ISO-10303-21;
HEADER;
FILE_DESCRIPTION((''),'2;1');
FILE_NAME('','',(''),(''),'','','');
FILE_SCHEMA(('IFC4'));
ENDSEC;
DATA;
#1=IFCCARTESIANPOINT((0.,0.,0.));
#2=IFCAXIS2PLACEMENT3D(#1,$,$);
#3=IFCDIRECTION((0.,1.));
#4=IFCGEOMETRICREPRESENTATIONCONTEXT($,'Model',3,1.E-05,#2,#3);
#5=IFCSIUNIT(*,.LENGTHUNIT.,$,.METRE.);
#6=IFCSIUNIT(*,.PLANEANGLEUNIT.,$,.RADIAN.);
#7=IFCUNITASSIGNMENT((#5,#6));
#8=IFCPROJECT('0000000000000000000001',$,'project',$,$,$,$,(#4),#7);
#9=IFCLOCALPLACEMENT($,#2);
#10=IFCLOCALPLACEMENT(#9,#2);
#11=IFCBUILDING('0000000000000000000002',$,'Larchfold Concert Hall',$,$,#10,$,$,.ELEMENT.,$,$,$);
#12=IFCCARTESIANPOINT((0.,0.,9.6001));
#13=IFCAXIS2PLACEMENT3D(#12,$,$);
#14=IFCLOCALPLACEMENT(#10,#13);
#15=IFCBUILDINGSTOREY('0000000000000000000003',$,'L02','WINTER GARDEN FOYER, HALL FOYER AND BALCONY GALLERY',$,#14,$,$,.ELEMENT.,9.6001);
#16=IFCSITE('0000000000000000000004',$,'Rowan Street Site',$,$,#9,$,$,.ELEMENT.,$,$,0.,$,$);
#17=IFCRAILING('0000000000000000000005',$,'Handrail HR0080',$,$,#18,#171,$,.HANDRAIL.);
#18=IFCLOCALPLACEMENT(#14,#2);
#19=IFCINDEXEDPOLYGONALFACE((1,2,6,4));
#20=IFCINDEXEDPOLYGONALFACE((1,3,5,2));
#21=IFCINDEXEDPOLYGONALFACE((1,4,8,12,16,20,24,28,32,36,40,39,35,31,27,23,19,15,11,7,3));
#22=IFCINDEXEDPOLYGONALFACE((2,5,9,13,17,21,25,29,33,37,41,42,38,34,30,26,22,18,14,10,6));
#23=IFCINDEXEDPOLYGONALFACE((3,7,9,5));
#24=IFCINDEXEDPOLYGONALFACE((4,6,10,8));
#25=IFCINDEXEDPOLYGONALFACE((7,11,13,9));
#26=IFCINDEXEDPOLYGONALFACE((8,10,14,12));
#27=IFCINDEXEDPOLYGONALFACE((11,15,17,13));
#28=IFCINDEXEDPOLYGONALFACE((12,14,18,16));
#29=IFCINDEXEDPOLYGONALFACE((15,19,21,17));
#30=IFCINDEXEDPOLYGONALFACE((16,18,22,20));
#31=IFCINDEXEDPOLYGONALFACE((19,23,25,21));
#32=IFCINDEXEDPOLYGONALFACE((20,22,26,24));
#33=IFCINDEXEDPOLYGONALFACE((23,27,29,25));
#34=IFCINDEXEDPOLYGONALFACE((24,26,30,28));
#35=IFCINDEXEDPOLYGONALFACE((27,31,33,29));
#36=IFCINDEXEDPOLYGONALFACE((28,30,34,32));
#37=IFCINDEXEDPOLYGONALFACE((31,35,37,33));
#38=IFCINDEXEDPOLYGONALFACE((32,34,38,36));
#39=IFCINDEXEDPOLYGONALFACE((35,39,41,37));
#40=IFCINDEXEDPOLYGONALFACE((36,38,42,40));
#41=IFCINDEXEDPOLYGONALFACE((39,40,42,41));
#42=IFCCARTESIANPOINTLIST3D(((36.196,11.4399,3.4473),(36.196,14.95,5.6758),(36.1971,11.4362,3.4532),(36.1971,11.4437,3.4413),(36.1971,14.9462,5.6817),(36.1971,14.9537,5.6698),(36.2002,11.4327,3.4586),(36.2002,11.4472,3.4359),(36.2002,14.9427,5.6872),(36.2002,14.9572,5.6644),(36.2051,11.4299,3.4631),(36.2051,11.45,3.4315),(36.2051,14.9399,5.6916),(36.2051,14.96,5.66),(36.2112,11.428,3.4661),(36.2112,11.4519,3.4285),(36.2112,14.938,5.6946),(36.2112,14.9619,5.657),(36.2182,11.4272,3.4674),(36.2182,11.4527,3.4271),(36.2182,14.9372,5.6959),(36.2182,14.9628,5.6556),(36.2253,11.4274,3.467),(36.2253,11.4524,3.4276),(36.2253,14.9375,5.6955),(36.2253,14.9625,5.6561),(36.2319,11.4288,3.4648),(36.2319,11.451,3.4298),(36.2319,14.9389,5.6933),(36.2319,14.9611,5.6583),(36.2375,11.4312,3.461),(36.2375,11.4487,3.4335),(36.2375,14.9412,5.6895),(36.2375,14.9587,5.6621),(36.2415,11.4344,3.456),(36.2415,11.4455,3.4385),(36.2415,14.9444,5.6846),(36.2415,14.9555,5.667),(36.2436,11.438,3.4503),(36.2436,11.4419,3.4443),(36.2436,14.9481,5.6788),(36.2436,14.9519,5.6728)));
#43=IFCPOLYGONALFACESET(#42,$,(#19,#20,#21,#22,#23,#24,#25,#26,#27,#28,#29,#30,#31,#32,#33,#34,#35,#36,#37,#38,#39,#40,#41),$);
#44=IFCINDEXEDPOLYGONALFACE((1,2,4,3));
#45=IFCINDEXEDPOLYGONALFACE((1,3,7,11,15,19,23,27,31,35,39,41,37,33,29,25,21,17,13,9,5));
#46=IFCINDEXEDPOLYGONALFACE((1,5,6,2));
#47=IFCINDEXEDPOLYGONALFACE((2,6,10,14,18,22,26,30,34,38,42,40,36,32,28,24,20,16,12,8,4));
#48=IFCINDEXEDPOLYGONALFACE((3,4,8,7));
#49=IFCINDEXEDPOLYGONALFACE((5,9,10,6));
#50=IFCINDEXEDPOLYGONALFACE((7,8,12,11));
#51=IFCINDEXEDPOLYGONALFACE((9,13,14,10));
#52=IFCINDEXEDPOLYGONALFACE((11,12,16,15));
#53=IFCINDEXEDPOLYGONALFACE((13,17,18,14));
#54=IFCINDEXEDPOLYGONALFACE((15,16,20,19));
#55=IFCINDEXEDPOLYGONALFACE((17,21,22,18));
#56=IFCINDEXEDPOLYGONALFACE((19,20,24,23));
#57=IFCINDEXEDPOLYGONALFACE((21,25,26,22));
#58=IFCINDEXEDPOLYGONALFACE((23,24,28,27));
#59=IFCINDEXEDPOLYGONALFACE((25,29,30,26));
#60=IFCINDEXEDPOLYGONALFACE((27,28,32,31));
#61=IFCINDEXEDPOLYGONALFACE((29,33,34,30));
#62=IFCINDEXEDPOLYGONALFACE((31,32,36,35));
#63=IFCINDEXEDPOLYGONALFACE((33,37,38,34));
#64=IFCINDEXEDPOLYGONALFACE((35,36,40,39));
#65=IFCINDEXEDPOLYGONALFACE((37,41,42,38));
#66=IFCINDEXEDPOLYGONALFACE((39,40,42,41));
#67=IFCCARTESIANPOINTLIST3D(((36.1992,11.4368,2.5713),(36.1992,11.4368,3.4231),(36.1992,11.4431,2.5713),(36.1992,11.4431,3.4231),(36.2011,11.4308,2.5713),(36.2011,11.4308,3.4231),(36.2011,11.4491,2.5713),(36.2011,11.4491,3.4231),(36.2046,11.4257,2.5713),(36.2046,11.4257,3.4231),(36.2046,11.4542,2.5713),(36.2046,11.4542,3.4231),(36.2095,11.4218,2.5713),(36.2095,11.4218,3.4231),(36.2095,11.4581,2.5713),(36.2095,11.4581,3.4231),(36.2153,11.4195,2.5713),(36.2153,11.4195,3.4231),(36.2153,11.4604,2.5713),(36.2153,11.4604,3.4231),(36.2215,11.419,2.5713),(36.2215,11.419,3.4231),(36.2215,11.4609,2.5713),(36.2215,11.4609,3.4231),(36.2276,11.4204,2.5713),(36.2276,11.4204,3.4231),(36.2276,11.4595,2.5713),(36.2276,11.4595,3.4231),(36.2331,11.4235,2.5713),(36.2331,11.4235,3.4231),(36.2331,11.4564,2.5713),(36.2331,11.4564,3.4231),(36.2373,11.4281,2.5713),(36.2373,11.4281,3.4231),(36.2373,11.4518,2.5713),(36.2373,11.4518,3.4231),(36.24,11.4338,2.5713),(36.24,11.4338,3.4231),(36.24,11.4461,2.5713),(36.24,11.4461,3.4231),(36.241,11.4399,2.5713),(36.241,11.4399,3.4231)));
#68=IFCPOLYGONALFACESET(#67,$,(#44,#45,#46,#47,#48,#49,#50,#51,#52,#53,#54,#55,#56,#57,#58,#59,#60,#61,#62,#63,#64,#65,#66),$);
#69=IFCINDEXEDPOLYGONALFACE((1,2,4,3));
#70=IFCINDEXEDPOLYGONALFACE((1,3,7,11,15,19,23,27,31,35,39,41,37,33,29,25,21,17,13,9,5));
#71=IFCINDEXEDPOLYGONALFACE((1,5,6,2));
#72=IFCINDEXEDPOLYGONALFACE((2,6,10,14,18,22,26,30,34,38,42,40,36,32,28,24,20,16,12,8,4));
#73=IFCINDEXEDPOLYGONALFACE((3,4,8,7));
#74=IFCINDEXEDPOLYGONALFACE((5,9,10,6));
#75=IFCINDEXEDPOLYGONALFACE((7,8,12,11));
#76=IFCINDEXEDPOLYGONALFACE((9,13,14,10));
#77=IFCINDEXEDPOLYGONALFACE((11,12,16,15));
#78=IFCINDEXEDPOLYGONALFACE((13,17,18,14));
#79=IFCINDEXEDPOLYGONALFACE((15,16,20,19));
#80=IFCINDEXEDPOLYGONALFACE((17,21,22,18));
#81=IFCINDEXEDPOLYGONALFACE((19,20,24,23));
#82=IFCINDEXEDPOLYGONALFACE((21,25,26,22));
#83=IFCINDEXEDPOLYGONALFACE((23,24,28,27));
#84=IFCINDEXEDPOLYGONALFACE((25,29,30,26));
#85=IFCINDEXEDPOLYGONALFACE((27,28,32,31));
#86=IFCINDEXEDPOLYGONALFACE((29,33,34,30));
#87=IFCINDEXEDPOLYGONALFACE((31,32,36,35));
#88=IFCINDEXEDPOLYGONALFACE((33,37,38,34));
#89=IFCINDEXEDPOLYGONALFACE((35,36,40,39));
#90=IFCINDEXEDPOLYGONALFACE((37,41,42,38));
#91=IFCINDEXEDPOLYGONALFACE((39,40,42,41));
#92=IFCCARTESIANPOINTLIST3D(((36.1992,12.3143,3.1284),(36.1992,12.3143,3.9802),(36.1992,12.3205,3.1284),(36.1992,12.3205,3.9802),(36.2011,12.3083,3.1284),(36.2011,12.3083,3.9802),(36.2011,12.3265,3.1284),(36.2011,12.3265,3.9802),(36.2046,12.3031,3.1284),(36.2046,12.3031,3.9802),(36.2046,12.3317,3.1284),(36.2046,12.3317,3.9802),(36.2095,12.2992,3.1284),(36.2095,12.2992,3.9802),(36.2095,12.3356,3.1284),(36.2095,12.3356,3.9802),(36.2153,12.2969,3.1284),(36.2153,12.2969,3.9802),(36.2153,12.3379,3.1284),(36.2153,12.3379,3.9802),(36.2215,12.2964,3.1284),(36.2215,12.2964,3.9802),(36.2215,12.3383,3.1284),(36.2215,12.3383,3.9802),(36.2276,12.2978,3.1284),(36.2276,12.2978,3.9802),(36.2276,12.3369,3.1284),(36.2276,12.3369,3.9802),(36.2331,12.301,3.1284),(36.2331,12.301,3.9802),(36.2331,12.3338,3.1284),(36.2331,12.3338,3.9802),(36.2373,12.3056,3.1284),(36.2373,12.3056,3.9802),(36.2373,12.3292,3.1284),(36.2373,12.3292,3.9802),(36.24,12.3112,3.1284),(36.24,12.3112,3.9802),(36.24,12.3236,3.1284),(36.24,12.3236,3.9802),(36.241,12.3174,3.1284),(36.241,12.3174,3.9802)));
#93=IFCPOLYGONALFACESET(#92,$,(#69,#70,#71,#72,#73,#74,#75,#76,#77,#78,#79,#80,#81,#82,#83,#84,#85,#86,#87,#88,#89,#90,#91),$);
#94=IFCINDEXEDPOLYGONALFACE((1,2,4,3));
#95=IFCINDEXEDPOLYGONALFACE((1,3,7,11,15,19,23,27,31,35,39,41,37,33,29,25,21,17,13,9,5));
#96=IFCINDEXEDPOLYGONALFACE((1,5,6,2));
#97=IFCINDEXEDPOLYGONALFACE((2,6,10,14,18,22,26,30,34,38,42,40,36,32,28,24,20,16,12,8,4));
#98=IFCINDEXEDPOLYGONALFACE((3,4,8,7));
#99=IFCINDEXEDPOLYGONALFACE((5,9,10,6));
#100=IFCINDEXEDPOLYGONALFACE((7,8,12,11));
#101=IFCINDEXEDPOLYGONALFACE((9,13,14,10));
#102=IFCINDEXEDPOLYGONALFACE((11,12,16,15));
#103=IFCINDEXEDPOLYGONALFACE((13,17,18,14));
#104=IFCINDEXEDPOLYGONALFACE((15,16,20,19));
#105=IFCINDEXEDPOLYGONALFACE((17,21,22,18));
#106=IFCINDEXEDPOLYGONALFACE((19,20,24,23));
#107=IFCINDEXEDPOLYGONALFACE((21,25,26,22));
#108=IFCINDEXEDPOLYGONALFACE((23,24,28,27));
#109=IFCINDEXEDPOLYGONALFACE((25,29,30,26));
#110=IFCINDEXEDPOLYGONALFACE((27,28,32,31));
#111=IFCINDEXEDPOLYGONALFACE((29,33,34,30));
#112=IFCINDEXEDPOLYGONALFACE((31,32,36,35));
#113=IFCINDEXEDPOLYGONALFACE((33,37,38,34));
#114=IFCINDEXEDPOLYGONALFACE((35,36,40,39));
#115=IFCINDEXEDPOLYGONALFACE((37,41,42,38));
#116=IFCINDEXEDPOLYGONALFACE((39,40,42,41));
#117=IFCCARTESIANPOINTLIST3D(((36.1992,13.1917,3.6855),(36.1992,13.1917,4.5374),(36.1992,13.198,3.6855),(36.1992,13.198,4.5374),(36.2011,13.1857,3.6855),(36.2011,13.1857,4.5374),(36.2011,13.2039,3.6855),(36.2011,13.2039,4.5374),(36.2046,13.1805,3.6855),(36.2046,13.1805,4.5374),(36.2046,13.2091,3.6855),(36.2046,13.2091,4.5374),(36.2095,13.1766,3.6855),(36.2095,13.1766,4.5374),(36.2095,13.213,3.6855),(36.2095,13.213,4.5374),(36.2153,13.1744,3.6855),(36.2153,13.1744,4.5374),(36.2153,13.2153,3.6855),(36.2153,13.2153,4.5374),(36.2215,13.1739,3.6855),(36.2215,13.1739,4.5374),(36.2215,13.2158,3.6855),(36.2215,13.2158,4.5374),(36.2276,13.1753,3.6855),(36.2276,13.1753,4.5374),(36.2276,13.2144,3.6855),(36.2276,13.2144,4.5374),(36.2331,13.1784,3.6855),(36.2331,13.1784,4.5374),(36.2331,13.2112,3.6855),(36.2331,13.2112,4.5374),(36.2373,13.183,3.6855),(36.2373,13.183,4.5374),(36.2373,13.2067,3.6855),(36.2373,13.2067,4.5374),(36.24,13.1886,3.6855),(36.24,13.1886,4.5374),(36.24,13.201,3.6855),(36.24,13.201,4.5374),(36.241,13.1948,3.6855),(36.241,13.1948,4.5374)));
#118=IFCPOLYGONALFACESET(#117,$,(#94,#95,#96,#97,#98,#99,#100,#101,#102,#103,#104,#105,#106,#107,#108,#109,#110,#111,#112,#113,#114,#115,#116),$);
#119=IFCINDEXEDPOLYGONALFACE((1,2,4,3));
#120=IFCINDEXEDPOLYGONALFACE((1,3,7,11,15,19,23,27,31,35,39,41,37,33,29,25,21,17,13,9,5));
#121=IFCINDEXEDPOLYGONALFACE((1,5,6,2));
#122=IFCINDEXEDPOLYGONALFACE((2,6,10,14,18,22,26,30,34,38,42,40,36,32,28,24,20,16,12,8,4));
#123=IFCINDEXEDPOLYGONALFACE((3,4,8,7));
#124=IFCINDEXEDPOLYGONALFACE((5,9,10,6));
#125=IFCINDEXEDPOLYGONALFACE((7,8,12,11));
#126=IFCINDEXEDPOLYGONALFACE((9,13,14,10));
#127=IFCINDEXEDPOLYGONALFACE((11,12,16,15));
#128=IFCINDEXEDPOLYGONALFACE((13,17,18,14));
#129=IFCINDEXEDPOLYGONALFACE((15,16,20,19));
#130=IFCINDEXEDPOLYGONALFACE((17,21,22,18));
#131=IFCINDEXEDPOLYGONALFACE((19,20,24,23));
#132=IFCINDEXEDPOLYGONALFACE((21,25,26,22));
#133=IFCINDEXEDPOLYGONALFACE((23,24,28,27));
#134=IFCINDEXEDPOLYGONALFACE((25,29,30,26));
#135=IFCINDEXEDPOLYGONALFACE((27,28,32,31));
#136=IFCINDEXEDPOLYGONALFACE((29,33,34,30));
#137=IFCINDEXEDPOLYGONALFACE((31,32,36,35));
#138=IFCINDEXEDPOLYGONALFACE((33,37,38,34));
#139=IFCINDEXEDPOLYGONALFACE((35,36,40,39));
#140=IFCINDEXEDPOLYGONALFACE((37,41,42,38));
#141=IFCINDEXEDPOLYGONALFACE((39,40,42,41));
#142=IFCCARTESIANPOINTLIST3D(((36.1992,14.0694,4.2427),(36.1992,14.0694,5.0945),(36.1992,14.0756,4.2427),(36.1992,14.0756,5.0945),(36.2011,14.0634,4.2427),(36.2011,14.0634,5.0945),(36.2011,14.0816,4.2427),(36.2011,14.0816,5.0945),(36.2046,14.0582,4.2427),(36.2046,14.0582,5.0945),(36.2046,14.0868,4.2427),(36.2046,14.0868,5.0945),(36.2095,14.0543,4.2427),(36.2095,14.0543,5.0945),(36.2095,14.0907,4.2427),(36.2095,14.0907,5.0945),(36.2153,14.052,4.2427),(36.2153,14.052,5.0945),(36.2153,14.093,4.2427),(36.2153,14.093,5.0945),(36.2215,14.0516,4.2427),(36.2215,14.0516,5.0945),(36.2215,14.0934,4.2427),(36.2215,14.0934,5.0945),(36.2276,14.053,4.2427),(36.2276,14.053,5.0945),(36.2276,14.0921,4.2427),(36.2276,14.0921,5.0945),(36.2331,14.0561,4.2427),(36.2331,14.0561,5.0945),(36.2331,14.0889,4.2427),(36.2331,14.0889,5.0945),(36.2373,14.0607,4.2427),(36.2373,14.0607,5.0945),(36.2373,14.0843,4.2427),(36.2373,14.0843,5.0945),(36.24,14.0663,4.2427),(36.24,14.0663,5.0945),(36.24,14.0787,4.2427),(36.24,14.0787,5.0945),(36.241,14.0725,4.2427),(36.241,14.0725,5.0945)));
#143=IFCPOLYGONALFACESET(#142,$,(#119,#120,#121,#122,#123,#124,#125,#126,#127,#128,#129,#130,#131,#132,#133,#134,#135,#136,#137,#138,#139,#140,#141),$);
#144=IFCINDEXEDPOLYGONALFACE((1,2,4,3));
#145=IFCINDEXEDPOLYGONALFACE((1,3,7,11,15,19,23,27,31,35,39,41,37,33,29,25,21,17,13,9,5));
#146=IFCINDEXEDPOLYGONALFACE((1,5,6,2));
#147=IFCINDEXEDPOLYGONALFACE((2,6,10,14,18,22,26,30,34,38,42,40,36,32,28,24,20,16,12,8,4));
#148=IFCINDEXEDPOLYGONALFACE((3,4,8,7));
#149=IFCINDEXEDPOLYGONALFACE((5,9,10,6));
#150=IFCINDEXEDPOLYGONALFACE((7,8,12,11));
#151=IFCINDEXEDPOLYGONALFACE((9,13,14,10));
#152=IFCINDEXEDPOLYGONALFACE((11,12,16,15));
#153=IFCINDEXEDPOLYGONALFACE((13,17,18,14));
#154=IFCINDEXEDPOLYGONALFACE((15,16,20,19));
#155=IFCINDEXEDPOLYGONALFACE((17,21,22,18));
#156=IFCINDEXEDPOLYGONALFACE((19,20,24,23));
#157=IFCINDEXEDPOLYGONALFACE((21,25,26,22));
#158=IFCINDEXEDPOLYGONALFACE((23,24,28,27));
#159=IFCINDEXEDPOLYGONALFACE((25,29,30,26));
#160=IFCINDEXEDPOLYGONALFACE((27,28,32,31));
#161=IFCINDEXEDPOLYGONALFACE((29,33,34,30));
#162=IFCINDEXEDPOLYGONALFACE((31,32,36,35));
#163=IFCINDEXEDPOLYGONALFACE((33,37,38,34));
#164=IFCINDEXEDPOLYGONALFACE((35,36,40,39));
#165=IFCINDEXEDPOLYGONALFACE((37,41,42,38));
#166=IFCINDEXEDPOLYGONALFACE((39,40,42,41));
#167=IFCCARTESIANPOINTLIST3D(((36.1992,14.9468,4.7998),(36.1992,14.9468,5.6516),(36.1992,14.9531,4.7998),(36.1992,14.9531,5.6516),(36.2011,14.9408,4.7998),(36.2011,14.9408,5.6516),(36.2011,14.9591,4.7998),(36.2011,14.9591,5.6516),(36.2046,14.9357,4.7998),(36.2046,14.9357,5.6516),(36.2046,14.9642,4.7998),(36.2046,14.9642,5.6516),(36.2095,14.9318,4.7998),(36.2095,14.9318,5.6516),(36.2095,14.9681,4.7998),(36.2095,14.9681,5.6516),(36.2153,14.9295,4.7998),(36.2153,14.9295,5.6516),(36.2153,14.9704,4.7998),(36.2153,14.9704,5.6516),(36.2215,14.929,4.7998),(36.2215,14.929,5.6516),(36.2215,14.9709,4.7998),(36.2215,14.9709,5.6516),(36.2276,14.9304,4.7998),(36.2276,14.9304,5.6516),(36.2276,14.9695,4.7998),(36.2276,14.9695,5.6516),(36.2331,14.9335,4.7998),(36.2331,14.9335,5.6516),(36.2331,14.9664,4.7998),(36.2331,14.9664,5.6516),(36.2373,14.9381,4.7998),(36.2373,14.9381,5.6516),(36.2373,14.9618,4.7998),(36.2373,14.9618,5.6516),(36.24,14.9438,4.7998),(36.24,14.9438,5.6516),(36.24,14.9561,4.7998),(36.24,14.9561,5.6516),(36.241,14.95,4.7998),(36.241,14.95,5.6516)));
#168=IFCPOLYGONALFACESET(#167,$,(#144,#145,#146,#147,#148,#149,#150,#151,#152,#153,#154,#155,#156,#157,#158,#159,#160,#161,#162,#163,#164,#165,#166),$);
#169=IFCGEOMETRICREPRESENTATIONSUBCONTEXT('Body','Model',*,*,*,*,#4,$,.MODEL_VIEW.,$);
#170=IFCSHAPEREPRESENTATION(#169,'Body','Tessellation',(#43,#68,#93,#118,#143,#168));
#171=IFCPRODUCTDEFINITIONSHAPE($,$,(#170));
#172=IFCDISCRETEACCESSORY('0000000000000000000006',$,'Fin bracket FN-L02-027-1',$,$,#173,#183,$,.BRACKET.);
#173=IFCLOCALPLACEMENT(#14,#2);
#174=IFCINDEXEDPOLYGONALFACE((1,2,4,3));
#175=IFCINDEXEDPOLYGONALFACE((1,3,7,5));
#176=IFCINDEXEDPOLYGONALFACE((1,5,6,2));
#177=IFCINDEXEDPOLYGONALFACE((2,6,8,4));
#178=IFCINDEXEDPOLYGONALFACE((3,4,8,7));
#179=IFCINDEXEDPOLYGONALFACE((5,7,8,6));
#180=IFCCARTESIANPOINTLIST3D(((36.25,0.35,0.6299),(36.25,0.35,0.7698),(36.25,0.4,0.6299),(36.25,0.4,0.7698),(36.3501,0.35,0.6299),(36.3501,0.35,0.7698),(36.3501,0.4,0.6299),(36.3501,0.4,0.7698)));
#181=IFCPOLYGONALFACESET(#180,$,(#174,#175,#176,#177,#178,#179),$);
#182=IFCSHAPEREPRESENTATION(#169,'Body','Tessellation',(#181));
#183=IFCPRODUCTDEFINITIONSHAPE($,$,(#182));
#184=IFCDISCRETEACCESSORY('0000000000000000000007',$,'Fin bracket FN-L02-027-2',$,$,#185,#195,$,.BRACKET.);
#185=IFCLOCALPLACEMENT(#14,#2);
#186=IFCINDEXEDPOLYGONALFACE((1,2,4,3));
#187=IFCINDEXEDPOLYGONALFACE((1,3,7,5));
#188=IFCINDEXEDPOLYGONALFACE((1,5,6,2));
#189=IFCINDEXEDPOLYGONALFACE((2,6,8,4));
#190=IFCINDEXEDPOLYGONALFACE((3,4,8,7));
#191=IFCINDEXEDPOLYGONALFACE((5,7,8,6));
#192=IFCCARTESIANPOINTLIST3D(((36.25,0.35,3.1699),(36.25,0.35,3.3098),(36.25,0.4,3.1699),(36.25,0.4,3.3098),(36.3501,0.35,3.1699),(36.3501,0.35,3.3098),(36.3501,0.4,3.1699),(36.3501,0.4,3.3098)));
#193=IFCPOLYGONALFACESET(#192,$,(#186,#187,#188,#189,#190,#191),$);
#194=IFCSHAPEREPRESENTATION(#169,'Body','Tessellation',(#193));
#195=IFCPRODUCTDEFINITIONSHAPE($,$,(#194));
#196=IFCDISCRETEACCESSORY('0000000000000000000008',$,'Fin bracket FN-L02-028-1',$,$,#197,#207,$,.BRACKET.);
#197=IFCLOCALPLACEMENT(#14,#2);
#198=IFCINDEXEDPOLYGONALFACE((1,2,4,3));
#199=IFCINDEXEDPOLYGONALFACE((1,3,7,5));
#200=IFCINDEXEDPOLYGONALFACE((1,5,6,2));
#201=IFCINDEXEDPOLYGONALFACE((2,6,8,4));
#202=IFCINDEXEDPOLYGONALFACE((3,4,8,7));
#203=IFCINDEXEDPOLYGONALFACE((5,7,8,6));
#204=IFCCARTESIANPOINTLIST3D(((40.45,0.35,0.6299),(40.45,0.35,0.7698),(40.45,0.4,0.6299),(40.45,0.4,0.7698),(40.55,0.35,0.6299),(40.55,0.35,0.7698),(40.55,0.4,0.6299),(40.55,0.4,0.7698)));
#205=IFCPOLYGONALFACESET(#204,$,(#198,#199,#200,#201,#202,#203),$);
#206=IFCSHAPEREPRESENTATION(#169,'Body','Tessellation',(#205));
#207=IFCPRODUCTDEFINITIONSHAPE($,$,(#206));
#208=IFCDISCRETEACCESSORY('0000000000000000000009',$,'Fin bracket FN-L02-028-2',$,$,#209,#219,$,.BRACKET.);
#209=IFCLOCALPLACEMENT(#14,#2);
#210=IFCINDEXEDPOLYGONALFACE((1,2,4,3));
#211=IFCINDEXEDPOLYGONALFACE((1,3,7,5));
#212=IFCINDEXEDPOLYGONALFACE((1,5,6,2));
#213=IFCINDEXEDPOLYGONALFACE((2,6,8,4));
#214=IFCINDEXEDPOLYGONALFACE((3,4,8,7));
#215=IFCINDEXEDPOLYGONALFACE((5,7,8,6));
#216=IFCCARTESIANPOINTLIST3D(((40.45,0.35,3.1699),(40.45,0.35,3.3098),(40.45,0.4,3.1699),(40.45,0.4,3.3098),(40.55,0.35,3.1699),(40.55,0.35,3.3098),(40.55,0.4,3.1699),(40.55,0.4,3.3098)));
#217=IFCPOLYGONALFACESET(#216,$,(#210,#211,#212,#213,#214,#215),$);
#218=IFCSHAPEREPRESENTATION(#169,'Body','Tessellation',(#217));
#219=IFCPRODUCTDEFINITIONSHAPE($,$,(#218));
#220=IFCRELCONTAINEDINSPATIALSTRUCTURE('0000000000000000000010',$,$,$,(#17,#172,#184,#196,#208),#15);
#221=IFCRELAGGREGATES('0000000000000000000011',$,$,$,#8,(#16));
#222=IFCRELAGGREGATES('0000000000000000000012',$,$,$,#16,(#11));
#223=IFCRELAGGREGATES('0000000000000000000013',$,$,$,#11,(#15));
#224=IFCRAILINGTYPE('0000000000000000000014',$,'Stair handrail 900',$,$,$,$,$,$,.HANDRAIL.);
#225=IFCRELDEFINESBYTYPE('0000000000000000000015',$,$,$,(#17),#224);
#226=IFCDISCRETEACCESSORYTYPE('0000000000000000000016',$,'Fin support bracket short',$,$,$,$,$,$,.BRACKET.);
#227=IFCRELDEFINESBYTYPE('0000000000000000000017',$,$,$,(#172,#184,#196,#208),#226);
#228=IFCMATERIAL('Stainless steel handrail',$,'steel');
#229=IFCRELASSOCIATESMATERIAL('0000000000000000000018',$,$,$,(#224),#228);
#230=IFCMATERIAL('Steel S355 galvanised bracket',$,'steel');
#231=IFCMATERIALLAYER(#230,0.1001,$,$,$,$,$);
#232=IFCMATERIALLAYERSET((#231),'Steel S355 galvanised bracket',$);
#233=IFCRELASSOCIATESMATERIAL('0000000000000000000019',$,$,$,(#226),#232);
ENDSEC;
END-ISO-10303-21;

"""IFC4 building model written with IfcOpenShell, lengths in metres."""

from ifc_helpers import new_model, si_unit, direction, frame, origin, origin_2d, place, context, subcontext, project, spatial, rectangle, circle, extrude, material, layer, layer_set, type_object, element, save


model = new_model("IFC4")

# Units and contexts
model_context = context("Model", 3, precision=1e-05, world=origin(), true_north=direction((0.0, 1.0)))
body_context = subcontext(model_context, "Body", "Model", "MODEL_VIEW")
ifc_project = project(units=[si_unit("LENGTHUNIT", "METRE"), si_unit("PLANEANGLEUNIT", "RADIAN")], contexts=[model_context])

# Site, building, storey
site_placement = place(None, origin())
site = spatial("IfcSite", under=ifc_project, at=site_placement, Name="Rowan Street Site", CompositionType="ELEMENT", RefElevation=0.0)
building_placement = place(site_placement, origin())
building = spatial("IfcBuilding", under=site, at=building_placement, Name="Larchfold Concert Hall", CompositionType="ELEMENT")
storey_placement = place(building_placement, frame((0.0, 0.0, 9.6001)))
storey = spatial("IfcBuildingStorey", under=building, at=storey_placement, Name="L02", Description="WINTER GARDEN FOYER, HALL FOYER AND BALCONY GALLERY", CompositionType="ELEMENT", Elevation=9.6001)

# Railing
ifc_material_1 = material(Name="Stainless steel handrail", Category="steel")
railing_type_1 = type_object("IfcRailingType", Name="Stair handrail 900", PredefinedType="HANDRAIL", material=ifc_material_1)
railing_1_placement = place(storey_placement, frame((36.22, 11.4399, 2.5713)))
element("IfcRailing", 1, at=railing_1_placement, inside=storey, type_object=railing_type_1, Name="Handrail HR0080", PredefinedType="HANDRAIL", context=body_context, shape_type="SweptSolid", body=[
    extrude(circle(Radius=0.0239, at=origin_2d()), frame((0.0, 0.0, 0.876), z_axis=(0.0, 0.84422, 0.535998), x_axis=(-1.0, 0.0, 0.0)), (0.0, 0.0, 1.0), 4.1577),
    extrude(circle(Radius=0.021, at=origin_2d()), origin(), (0.0, 0.0, 1.0), 0.8518),
    extrude(circle(Radius=0.021, at=origin_2d()), frame((0.0, 0.8774, 0.5571)), (0.0, 0.0, 1.0), 0.8518),
    extrude(circle(Radius=0.021, at=origin_2d()), frame((0.0, 1.7549, 1.1143)), (0.0, 0.0, 1.0), 0.8518),
    extrude(circle(Radius=0.021, at=origin_2d()), frame((0.0, 2.6326, 1.6714)), (0.0, 0.0, 1.0), 0.8518),
    extrude(circle(Radius=0.021, at=origin_2d()), frame((0.0, 3.51, 2.2285)), (0.0, 0.0, 1.0), 0.8518),
])

# Discrete accessories
ifc_material_2 = material(Name="Steel S355 galvanised bracket", Category="steel")
ifc_layer_1 = layer(ifc_material_2, 0.1001)
ifc_layer_set_1 = layer_set([ifc_layer_1], Name="Steel S355 galvanised bracket")
discrete_accessory_type = type_object("IfcDiscreteAccessoryType", Name="Fin support bracket short", PredefinedType="BRACKET", material=ifc_layer_set_1)
for number, where, z_axis, x_axis, name in (
    (2, (36.3, 0.375, 0.6299), (0.0, 0.0, 1.0), (0.0, -1.0, 0.0), "Fin bracket FN-L02-027-1"),
    (3, (36.3, 0.375, 3.1699), (0.0, 0.0, 1.0), (0.0, -1.0, 0.0), "Fin bracket FN-L02-027-2"),
    (4, (40.5, 0.375, 0.6299), (0.0, 0.0, 1.0), (0.0, -1.0, 0.0), "Fin bracket FN-L02-028-1"),
    (5, (40.5, 0.375, 3.1699), (0.0, 0.0, 1.0), (0.0, -1.0, 0.0), "Fin bracket FN-L02-028-2"),
):
    element("IfcDiscreteAccessory", number, at=place(storey_placement, frame(where, z_axis=z_axis, x_axis=x_axis)), inside=storey, type_object=discrete_accessory_type, Name=name, PredefinedType="BRACKET", context=body_context, shape_type="SweptSolid", body=[
        extrude(rectangle(XDim=0.05, YDim=0.1001, at=origin_2d()), origin(), (0.0, 0.0, 1.0), 0.1399),
    ])

save(model, "model.ifc")
